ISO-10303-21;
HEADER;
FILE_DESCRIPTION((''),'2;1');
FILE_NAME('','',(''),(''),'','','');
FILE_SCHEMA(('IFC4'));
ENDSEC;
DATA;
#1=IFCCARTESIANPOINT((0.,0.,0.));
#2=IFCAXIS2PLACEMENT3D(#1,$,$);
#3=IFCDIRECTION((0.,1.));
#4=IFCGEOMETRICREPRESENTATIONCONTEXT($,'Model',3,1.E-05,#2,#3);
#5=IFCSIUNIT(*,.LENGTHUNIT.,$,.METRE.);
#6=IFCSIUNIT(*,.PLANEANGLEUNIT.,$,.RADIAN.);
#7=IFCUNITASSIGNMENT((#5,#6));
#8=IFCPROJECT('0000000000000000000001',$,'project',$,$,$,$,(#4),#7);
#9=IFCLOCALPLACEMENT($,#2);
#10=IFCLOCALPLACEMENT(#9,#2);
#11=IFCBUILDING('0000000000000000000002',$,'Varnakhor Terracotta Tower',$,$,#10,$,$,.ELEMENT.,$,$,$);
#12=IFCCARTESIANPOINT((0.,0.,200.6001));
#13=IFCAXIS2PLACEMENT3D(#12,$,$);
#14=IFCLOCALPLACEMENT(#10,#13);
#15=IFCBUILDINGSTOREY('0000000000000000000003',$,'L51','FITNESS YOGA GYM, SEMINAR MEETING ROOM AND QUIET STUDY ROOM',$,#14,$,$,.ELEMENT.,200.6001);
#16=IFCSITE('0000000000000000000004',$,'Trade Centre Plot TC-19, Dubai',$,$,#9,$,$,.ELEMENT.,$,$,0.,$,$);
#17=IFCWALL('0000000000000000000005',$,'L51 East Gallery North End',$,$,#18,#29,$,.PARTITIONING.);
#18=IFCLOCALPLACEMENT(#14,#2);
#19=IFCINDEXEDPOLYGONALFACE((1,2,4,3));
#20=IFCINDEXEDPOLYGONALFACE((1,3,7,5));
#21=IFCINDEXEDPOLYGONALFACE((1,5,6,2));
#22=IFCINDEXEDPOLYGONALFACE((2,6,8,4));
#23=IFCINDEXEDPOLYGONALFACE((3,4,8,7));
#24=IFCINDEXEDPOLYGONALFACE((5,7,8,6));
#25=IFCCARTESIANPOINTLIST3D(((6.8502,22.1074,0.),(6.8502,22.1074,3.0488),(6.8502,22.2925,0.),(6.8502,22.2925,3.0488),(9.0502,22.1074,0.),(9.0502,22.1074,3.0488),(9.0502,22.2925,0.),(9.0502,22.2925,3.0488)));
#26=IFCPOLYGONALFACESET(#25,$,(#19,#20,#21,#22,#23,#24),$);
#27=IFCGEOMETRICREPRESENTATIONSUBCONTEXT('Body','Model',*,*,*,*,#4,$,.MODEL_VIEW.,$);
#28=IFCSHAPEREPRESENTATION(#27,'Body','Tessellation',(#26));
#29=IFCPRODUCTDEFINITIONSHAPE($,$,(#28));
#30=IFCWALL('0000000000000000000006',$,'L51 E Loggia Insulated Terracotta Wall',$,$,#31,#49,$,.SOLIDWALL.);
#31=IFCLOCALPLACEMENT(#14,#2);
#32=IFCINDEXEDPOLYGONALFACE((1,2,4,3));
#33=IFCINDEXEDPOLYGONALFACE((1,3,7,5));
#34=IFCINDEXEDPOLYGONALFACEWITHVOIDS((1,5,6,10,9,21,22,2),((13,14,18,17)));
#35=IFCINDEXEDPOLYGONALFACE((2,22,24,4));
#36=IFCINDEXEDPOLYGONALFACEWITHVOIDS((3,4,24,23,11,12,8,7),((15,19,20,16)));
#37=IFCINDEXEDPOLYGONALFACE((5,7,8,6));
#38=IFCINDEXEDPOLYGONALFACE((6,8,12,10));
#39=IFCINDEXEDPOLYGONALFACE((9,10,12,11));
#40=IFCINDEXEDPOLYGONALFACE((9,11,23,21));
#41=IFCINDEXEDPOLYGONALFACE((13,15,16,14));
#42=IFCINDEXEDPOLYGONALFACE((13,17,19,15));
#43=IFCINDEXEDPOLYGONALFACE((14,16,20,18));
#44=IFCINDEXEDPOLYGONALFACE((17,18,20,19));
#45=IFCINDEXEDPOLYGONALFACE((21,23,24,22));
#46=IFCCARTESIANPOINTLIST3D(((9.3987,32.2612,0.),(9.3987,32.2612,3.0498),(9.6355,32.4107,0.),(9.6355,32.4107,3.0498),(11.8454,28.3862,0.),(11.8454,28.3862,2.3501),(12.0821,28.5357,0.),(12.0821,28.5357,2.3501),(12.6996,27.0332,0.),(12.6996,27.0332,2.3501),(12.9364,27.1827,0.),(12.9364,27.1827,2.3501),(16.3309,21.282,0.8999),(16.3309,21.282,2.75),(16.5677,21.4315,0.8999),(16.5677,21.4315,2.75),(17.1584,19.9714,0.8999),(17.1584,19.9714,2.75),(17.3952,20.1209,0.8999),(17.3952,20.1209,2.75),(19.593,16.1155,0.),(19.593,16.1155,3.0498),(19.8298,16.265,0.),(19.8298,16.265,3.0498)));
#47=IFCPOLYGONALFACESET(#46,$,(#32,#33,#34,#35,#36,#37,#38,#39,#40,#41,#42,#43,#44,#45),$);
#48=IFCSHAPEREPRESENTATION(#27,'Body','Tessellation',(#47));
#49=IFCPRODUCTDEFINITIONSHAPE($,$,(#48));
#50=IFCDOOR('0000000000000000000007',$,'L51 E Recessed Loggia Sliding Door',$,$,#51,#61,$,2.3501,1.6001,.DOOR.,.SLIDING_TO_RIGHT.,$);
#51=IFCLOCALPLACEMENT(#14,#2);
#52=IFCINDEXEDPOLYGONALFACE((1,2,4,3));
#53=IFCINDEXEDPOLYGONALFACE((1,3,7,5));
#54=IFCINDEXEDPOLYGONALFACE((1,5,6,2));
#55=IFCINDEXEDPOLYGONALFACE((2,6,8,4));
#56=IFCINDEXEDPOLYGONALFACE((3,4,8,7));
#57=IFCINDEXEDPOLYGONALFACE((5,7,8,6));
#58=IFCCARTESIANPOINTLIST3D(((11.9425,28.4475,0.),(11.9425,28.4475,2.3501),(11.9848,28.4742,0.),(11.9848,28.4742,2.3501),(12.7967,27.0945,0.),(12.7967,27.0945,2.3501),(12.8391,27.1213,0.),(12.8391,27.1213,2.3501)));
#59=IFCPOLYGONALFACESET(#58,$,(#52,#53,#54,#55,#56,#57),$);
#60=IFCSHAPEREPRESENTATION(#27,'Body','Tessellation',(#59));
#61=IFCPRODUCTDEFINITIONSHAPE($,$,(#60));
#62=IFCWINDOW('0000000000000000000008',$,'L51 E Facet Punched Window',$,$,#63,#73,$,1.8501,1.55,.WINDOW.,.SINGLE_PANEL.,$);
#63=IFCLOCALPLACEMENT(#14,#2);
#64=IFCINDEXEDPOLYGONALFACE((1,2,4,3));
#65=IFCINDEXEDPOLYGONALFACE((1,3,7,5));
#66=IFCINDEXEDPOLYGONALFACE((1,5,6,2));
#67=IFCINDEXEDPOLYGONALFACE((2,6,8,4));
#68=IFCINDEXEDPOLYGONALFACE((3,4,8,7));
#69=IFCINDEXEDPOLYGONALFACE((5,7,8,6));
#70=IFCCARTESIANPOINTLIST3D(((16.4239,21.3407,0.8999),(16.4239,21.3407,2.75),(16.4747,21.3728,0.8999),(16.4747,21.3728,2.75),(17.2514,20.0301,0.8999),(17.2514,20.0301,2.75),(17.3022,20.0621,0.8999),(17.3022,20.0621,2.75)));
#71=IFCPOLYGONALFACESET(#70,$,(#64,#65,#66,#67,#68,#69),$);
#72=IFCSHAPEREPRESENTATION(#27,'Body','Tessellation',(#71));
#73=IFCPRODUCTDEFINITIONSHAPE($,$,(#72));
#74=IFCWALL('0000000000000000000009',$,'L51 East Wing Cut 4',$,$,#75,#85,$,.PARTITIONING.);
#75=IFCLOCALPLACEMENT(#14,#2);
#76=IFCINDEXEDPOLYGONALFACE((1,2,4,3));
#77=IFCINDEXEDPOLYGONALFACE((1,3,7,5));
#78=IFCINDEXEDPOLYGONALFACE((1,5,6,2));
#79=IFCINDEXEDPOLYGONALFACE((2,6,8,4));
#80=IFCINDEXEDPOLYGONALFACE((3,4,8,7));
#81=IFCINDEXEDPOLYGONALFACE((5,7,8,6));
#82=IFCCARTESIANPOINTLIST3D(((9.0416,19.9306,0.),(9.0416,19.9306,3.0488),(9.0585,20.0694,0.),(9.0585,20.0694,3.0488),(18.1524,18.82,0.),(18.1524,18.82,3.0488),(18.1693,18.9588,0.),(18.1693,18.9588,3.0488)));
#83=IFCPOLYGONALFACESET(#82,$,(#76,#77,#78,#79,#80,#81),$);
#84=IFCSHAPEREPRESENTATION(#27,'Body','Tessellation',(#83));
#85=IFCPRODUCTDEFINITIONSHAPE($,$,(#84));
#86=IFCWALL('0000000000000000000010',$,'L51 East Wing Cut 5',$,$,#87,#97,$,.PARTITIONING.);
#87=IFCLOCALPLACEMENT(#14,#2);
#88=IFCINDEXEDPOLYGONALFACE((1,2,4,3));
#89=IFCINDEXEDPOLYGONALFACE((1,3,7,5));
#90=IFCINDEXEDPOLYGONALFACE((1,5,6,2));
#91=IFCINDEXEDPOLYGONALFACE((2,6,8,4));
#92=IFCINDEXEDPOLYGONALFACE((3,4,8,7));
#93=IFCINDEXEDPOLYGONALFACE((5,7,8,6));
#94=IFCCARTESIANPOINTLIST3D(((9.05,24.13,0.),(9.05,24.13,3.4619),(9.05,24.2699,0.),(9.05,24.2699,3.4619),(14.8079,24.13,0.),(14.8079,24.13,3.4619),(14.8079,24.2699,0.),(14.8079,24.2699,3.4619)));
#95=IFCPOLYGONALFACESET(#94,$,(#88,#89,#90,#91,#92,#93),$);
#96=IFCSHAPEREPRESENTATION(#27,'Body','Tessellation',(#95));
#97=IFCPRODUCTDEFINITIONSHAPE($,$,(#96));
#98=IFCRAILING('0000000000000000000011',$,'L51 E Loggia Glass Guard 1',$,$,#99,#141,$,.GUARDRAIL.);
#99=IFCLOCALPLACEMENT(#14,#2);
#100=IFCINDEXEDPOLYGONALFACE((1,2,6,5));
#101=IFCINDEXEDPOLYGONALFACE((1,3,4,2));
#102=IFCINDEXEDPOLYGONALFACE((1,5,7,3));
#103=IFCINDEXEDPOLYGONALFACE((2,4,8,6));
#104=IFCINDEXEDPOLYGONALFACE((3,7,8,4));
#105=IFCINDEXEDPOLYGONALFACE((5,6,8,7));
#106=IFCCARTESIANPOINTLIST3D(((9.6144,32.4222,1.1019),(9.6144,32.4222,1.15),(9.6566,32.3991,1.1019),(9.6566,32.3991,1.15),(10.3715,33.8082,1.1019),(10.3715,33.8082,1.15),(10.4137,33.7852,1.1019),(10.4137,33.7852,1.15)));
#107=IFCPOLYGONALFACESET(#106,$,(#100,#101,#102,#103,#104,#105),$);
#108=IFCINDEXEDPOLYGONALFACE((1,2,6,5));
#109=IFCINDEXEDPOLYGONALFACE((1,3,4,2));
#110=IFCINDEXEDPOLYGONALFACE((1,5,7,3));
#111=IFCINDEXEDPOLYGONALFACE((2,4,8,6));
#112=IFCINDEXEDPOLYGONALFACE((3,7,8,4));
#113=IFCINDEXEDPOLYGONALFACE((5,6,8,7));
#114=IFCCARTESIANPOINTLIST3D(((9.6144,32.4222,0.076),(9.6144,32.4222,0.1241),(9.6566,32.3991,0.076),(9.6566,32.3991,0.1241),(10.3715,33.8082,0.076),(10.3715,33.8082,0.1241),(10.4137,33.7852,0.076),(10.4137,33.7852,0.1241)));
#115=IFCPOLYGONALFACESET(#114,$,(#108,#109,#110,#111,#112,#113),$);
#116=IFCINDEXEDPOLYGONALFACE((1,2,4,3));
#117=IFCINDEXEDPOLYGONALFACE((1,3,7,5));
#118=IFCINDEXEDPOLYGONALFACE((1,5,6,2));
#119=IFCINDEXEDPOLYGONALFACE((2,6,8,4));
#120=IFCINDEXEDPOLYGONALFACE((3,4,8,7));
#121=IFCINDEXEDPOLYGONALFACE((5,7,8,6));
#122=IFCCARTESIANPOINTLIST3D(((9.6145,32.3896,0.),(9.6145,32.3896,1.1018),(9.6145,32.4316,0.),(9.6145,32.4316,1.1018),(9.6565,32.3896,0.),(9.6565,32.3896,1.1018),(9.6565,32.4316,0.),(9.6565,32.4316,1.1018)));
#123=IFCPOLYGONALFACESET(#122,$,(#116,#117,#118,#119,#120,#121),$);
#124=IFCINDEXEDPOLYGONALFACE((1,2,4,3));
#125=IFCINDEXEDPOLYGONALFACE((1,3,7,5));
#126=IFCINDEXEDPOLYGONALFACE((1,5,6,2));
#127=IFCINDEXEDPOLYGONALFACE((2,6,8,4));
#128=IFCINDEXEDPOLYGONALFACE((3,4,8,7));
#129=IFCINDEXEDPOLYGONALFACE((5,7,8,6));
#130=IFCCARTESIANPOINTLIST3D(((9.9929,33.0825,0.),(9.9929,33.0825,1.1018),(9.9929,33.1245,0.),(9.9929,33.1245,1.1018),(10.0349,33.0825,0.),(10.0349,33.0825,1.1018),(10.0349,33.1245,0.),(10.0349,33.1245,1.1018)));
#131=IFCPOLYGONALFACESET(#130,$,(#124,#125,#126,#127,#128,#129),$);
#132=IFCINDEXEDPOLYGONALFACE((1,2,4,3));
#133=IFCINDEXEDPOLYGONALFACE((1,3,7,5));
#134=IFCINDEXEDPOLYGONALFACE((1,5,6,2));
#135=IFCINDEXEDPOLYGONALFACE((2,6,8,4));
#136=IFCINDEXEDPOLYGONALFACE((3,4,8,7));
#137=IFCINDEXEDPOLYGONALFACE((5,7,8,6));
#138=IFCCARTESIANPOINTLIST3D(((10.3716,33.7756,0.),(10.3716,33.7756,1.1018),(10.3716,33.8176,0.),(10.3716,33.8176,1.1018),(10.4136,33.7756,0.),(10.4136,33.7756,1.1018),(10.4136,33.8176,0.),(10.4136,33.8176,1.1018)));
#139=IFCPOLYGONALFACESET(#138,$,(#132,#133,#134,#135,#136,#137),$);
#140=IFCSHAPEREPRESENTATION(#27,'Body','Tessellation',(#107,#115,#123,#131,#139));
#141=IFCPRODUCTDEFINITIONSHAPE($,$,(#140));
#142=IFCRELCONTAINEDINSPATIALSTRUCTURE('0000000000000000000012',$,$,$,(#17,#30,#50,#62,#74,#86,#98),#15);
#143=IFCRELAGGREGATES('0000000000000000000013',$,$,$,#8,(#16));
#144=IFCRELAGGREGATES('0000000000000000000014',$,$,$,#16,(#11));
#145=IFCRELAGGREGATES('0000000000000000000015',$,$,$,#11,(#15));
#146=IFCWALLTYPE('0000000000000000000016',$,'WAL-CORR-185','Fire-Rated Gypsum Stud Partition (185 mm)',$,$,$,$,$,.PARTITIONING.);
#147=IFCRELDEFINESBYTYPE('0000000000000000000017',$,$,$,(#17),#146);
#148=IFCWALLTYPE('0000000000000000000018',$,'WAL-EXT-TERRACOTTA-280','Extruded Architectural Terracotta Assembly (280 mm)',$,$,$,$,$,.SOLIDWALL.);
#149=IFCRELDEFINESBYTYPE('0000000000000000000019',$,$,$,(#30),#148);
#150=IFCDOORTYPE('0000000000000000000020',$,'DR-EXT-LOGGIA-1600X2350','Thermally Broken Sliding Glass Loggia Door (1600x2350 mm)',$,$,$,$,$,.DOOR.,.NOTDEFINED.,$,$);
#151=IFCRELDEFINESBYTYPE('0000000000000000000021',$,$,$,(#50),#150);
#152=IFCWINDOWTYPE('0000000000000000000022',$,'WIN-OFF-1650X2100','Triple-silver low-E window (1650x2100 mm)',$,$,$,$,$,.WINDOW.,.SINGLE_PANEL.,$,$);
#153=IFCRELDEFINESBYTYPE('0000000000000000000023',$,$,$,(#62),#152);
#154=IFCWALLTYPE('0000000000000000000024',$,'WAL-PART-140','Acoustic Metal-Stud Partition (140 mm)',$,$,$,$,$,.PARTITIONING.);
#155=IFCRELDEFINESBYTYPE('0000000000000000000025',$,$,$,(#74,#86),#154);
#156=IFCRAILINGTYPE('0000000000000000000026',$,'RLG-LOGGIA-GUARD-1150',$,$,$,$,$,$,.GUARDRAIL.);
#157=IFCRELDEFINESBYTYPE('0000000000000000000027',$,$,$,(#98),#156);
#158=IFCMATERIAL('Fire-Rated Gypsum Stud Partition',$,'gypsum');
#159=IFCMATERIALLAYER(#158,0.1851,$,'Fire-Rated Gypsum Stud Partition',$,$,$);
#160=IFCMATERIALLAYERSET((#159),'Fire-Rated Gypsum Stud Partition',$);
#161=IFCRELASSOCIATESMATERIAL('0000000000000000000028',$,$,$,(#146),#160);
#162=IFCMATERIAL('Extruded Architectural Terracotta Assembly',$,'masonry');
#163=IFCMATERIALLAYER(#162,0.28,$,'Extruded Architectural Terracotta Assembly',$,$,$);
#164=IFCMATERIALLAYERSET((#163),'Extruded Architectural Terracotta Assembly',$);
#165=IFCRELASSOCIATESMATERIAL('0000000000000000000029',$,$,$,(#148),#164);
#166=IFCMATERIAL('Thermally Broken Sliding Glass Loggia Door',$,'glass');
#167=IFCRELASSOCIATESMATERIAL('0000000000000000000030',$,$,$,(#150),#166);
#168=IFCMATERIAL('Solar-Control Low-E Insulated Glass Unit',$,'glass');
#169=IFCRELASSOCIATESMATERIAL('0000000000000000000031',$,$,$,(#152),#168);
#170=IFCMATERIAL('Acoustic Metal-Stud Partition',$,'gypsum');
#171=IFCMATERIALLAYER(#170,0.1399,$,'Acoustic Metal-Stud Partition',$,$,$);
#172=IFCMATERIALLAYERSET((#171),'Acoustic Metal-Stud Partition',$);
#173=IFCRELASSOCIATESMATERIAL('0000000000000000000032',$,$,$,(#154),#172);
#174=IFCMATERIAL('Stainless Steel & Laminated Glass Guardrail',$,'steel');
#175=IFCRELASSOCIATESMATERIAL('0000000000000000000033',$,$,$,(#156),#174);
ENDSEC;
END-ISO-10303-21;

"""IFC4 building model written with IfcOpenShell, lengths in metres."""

from ifc_helpers import new_model, si_unit, direction, frame, frame_2d, origin, origin_2d, place, context, subcontext, project, spatial, rectangle, extrude, source, transform, mapped, material, layer, layer_set, type_object, type_shapes, element, fill, save


model = new_model("IFC4")

# Units and contexts
model_context = context("Model", 3, precision=1e-05, world=origin(), true_north=direction((0.0, 1.0)))
body_context = subcontext(model_context, "Body", "Model", "MODEL_VIEW")
ifc_project = project(units=[si_unit("LENGTHUNIT", "METRE"), si_unit("PLANEANGLEUNIT", "RADIAN")], contexts=[model_context])

# Site, building, storey
site_placement = place(None, origin())
site = spatial("IfcSite", under=ifc_project, at=site_placement, Name="Trade Centre Plot TC-19, Dubai", CompositionType="ELEMENT", RefElevation=0.0)
building_placement = place(site_placement, origin())
building = spatial("IfcBuilding", under=site, at=building_placement, Name="Varnakhor Terracotta Tower", CompositionType="ELEMENT")
storey_placement = place(building_placement, frame((0.0, 0.0, 200.6001)))
storey = spatial("IfcBuildingStorey", under=building, at=storey_placement, Name="L51", Description="FITNESS YOGA GYM, SEMINAR MEETING ROOM AND QUIET STUDY ROOM", CompositionType="ELEMENT", Elevation=200.6001)

# Wall
ifc_material_1 = material(Name="Fire-Rated Gypsum Stud Partition", Category="gypsum")
ifc_layer_1 = layer(ifc_material_1, 0.1851, Name="Fire-Rated Gypsum Stud Partition")
ifc_layer_set_1 = layer_set([ifc_layer_1], Name="Fire-Rated Gypsum Stud Partition")
wall_type_1 = type_object("IfcWallType", Name="WAL-CORR-185", Description="Fire-Rated Gypsum Stud Partition (185 mm)", PredefinedType="PARTITIONING", material=ifc_layer_set_1)
wall_1_placement = place(storey_placement, frame((6.8501, 22.2, 0.0), z_axis=(0.0, 0.0, 1.0), x_axis=(1.0, 0.0, 0.0)))
element("IfcWall", 1, at=wall_1_placement, inside=storey, type_object=wall_type_1, Name="L51 East Gallery North End", PredefinedType="PARTITIONING", context=body_context, shape_type="SweptSolid", body=[
    extrude(rectangle(XDim=2.2, YDim=0.1851, at=frame_2d((1.1001, 0.0))), origin(), (0.0, 0.0, 1.0), 3.0488),
])

# Wall, openings, door, window
ifc_material_2 = material(Name="Extruded Architectural Terracotta Assembly", Category="masonry")
ifc_layer_2 = layer(ifc_material_2, 0.28, Name="Extruded Architectural Terracotta Assembly")
ifc_layer_set_2 = layer_set([ifc_layer_2], Name="Extruded Architectural Terracotta Assembly")
wall_type_2 = type_object("IfcWallType", Name="WAL-EXT-TERRACOTTA-280", Description="Extruded Architectural Terracotta Assembly (280 mm)", PredefinedType="SOLIDWALL", material=ifc_layer_set_2)
wall_2_placement = place(storey_placement, frame((9.5171, 32.3359, 0.0), z_axis=(0.0, 0.0, 1.0), x_axis=(0.533881, -0.845559, 0.0)))
wall_2 = element("IfcWall", 2, at=wall_2_placement, inside=storey, type_object=wall_type_2, Name="L51 E Loggia Insulated Terracotta Wall", PredefinedType="SOLIDWALL", context=body_context, shape_type="SweptSolid", body=[
    extrude(rectangle(XDim=19.0947, YDim=0.28, at=frame_2d((9.5474, 0.0))), origin(), (0.0, 0.0, 1.0), 3.0498),
])
opening_1_placement = place(wall_2_placement, frame((4.5828, 0.0, 0.0)))
opening_1 = element("IfcOpeningElement", 3, at=opening_1_placement, cuts=wall_2, PredefinedType="OPENING", context=body_context, shape_type="SweptSolid", body=[
    extrude(rectangle(XDim=1.6001, YDim=2.3501, at=frame_2d((0.8, 1.175))), frame((0.0, 0.1499, 0.0), z_axis=(0.0, -1.0, 0.0), x_axis=(1.0, 0.0, 0.0)), (0.0, 0.0, 1.0), 0.3),
])
opening_2_placement = place(wall_2_placement, frame((12.9846, 0.0, 0.8999)))
opening_2 = element("IfcOpeningElement", 4, at=opening_2_placement, cuts=wall_2, PredefinedType="OPENING", context=body_context, shape_type="SweptSolid", body=[
    extrude(rectangle(XDim=1.55, YDim=1.8501, at=frame_2d((0.7749, 0.925))), frame((0.0, 0.1499, 0.0), z_axis=(0.0, -1.0, 0.0), x_axis=(1.0, 0.0, 0.0)), (0.0, 0.0, 1.0), 0.3),
])
ifc_material_3 = material(Name="Thermally Broken Sliding Glass Loggia Door", Category="glass")
door_type = type_object("IfcDoorType", Name="DR-EXT-LOGGIA-1600X2350", Description="Thermally Broken Sliding Glass Loggia Door (1600x2350 mm)", OperationType="NOTDEFINED", PredefinedType="DOOR", material=ifc_material_3)
shared_shape_1 = source(origin(), body_context, "Body", "SweptSolid", [
    extrude(rectangle(XDim=1.6001, YDim=2.3501, at=frame_2d((0.8, 1.175))), frame((0.0, 0.0249, 0.0), z_axis=(0.0, -1.0, 0.0), x_axis=(1.0, 0.0, 0.0)), (0.0, 0.0, 1.0), 0.05),
])
type_shapes(door_type, [shared_shape_1])
door_placement = place(opening_1_placement, origin())
door = element("IfcDoor", 5, at=door_placement, inside=storey, type_object=door_type, Name="L51 E Recessed Loggia Sliding Door", OperationType="SLIDING_TO_RIGHT", OverallHeight=2.3501, OverallWidth=1.6001, PredefinedType="DOOR", context=body_context, shape_type="MappedRepresentation", body=[
    mapped(shared_shape_1, transform((0.0, 0.0, 0.0), scale=1.0)),
])
fill(opening_1, door)
ifc_material_4 = material(Name="Solar-Control Low-E Insulated Glass Unit", Category="glass")
window_type = type_object("IfcWindowType", Name="WIN-OFF-1650X2100", Description="Triple-silver low-E window (1650x2100 mm)", PartitioningType="SINGLE_PANEL", PredefinedType="WINDOW", material=ifc_material_4)
shared_shape_2 = source(origin(), body_context, "Body", "SweptSolid", [
    extrude(rectangle(XDim=1.55, YDim=1.8501, at=frame_2d((0.7749, 0.925))), frame((0.0, 0.03, 0.0), z_axis=(0.0, -1.0, 0.0), x_axis=(1.0, 0.0, 0.0)), (0.0, 0.0, 1.0), 0.0601),
])
type_shapes(window_type, [shared_shape_2])
window_placement = place(opening_2_placement, origin())
window = element("IfcWindow", 6, at=window_placement, inside=storey, type_object=window_type, Name="L51 E Facet Punched Window", OverallHeight=1.8501, OverallWidth=1.55, PartitioningType="SINGLE_PANEL", PredefinedType="WINDOW", context=body_context, shape_type="MappedRepresentation", body=[
    mapped(shared_shape_2, transform((0.0, 0.0, 0.0), scale=1.0)),
])
fill(opening_2, window)

# Walls
ifc_material_5 = material(Name="Acoustic Metal-Stud Partition", Category="gypsum")
ifc_layer_3 = layer(ifc_material_5, 0.1399, Name="Acoustic Metal-Stud Partition")
ifc_layer_set_3 = layer_set([ifc_layer_3], Name="Acoustic Metal-Stud Partition")
wall_type_3 = type_object("IfcWallType", Name="WAL-PART-140", Description="Acoustic Metal-Stud Partition (140 mm)", PredefinedType="PARTITIONING", material=ifc_layer_set_3)
wall_3_placement = place(storey_placement, frame((9.05, 20.0, 0.0), z_axis=(0.0, 0.0, 1.0), x_axis=(0.992652, -0.121003, 0.0)))
element("IfcWall", 7, at=wall_3_placement, inside=storey, type_object=wall_type_3, Name="L51 East Wing Cut 4", PredefinedType="PARTITIONING", context=body_context, shape_type="SweptSolid", body=[
    extrude(rectangle(XDim=9.1782, YDim=0.1399, at=frame_2d((4.5891, 0.0))), origin(), (0.0, 0.0, 1.0), 3.0488),
])
wall_4_placement = place(storey_placement, frame((9.05, 24.2, 0.0), z_axis=(0.0, 0.0, 1.0), x_axis=(1.0, 0.0, 0.0)))
element("IfcWall", 8, at=wall_4_placement, inside=storey, type_object=wall_type_3, Name="L51 East Wing Cut 5", PredefinedType="PARTITIONING", context=body_context, shape_type="SweptSolid", body=[
    extrude(rectangle(XDim=5.7578, YDim=0.1399, at=frame_2d((2.8789, 0.0))), origin(), (0.0, 0.0, 1.0), 3.4619),
])

# Railing
ifc_material_6 = material(Name="Stainless Steel & Laminated Glass Guardrail", Category="steel")
railing_type = type_object("IfcRailingType", Name="RLG-LOGGIA-GUARD-1150", PredefinedType="GUARDRAIL", material=ifc_material_6)
railing_1_placement = place(storey_placement, frame((9.6355, 32.4106, 0.0)))
element("IfcRailing", 9, at=railing_1_placement, inside=storey, type_object=railing_type, Name="L51 E Loggia Glass Guard 1", PredefinedType="GUARDRAIL", context=body_context, shape_type="SweptSolid", body=[
    extrude(rectangle(XDim=0.0481, YDim=0.0481, at=origin_2d()), frame((0.0, 0.0, 1.126), z_axis=(0.479383, 0.877606, 0.0), x_axis=(-0.877606, 0.479383, 0.0)), (0.0, 0.0, 1.0), 1.5793),
    extrude(rectangle(XDim=0.0481, YDim=0.0481, at=origin_2d()), frame((0.0, 0.0, 0.1001), z_axis=(0.479383, 0.877606, 0.0), x_axis=(-0.877606, 0.479383, 0.0)), (0.0, 0.0, 1.0), 1.5793),
    extrude(rectangle(XDim=0.042, YDim=0.042, at=origin_2d()), origin(), (0.0, 0.0, 1.0), 1.1018),
    extrude(rectangle(XDim=0.042, YDim=0.042, at=origin_2d()), frame((0.3784, 0.6929, 0.0)), (0.0, 0.0, 1.0), 1.1018),
    extrude(rectangle(XDim=0.042, YDim=0.042, at=origin_2d()), frame((0.7571, 1.386, 0.0)), (0.0, 0.0, 1.0), 1.1018),
])

save(model, "model.ifc")
